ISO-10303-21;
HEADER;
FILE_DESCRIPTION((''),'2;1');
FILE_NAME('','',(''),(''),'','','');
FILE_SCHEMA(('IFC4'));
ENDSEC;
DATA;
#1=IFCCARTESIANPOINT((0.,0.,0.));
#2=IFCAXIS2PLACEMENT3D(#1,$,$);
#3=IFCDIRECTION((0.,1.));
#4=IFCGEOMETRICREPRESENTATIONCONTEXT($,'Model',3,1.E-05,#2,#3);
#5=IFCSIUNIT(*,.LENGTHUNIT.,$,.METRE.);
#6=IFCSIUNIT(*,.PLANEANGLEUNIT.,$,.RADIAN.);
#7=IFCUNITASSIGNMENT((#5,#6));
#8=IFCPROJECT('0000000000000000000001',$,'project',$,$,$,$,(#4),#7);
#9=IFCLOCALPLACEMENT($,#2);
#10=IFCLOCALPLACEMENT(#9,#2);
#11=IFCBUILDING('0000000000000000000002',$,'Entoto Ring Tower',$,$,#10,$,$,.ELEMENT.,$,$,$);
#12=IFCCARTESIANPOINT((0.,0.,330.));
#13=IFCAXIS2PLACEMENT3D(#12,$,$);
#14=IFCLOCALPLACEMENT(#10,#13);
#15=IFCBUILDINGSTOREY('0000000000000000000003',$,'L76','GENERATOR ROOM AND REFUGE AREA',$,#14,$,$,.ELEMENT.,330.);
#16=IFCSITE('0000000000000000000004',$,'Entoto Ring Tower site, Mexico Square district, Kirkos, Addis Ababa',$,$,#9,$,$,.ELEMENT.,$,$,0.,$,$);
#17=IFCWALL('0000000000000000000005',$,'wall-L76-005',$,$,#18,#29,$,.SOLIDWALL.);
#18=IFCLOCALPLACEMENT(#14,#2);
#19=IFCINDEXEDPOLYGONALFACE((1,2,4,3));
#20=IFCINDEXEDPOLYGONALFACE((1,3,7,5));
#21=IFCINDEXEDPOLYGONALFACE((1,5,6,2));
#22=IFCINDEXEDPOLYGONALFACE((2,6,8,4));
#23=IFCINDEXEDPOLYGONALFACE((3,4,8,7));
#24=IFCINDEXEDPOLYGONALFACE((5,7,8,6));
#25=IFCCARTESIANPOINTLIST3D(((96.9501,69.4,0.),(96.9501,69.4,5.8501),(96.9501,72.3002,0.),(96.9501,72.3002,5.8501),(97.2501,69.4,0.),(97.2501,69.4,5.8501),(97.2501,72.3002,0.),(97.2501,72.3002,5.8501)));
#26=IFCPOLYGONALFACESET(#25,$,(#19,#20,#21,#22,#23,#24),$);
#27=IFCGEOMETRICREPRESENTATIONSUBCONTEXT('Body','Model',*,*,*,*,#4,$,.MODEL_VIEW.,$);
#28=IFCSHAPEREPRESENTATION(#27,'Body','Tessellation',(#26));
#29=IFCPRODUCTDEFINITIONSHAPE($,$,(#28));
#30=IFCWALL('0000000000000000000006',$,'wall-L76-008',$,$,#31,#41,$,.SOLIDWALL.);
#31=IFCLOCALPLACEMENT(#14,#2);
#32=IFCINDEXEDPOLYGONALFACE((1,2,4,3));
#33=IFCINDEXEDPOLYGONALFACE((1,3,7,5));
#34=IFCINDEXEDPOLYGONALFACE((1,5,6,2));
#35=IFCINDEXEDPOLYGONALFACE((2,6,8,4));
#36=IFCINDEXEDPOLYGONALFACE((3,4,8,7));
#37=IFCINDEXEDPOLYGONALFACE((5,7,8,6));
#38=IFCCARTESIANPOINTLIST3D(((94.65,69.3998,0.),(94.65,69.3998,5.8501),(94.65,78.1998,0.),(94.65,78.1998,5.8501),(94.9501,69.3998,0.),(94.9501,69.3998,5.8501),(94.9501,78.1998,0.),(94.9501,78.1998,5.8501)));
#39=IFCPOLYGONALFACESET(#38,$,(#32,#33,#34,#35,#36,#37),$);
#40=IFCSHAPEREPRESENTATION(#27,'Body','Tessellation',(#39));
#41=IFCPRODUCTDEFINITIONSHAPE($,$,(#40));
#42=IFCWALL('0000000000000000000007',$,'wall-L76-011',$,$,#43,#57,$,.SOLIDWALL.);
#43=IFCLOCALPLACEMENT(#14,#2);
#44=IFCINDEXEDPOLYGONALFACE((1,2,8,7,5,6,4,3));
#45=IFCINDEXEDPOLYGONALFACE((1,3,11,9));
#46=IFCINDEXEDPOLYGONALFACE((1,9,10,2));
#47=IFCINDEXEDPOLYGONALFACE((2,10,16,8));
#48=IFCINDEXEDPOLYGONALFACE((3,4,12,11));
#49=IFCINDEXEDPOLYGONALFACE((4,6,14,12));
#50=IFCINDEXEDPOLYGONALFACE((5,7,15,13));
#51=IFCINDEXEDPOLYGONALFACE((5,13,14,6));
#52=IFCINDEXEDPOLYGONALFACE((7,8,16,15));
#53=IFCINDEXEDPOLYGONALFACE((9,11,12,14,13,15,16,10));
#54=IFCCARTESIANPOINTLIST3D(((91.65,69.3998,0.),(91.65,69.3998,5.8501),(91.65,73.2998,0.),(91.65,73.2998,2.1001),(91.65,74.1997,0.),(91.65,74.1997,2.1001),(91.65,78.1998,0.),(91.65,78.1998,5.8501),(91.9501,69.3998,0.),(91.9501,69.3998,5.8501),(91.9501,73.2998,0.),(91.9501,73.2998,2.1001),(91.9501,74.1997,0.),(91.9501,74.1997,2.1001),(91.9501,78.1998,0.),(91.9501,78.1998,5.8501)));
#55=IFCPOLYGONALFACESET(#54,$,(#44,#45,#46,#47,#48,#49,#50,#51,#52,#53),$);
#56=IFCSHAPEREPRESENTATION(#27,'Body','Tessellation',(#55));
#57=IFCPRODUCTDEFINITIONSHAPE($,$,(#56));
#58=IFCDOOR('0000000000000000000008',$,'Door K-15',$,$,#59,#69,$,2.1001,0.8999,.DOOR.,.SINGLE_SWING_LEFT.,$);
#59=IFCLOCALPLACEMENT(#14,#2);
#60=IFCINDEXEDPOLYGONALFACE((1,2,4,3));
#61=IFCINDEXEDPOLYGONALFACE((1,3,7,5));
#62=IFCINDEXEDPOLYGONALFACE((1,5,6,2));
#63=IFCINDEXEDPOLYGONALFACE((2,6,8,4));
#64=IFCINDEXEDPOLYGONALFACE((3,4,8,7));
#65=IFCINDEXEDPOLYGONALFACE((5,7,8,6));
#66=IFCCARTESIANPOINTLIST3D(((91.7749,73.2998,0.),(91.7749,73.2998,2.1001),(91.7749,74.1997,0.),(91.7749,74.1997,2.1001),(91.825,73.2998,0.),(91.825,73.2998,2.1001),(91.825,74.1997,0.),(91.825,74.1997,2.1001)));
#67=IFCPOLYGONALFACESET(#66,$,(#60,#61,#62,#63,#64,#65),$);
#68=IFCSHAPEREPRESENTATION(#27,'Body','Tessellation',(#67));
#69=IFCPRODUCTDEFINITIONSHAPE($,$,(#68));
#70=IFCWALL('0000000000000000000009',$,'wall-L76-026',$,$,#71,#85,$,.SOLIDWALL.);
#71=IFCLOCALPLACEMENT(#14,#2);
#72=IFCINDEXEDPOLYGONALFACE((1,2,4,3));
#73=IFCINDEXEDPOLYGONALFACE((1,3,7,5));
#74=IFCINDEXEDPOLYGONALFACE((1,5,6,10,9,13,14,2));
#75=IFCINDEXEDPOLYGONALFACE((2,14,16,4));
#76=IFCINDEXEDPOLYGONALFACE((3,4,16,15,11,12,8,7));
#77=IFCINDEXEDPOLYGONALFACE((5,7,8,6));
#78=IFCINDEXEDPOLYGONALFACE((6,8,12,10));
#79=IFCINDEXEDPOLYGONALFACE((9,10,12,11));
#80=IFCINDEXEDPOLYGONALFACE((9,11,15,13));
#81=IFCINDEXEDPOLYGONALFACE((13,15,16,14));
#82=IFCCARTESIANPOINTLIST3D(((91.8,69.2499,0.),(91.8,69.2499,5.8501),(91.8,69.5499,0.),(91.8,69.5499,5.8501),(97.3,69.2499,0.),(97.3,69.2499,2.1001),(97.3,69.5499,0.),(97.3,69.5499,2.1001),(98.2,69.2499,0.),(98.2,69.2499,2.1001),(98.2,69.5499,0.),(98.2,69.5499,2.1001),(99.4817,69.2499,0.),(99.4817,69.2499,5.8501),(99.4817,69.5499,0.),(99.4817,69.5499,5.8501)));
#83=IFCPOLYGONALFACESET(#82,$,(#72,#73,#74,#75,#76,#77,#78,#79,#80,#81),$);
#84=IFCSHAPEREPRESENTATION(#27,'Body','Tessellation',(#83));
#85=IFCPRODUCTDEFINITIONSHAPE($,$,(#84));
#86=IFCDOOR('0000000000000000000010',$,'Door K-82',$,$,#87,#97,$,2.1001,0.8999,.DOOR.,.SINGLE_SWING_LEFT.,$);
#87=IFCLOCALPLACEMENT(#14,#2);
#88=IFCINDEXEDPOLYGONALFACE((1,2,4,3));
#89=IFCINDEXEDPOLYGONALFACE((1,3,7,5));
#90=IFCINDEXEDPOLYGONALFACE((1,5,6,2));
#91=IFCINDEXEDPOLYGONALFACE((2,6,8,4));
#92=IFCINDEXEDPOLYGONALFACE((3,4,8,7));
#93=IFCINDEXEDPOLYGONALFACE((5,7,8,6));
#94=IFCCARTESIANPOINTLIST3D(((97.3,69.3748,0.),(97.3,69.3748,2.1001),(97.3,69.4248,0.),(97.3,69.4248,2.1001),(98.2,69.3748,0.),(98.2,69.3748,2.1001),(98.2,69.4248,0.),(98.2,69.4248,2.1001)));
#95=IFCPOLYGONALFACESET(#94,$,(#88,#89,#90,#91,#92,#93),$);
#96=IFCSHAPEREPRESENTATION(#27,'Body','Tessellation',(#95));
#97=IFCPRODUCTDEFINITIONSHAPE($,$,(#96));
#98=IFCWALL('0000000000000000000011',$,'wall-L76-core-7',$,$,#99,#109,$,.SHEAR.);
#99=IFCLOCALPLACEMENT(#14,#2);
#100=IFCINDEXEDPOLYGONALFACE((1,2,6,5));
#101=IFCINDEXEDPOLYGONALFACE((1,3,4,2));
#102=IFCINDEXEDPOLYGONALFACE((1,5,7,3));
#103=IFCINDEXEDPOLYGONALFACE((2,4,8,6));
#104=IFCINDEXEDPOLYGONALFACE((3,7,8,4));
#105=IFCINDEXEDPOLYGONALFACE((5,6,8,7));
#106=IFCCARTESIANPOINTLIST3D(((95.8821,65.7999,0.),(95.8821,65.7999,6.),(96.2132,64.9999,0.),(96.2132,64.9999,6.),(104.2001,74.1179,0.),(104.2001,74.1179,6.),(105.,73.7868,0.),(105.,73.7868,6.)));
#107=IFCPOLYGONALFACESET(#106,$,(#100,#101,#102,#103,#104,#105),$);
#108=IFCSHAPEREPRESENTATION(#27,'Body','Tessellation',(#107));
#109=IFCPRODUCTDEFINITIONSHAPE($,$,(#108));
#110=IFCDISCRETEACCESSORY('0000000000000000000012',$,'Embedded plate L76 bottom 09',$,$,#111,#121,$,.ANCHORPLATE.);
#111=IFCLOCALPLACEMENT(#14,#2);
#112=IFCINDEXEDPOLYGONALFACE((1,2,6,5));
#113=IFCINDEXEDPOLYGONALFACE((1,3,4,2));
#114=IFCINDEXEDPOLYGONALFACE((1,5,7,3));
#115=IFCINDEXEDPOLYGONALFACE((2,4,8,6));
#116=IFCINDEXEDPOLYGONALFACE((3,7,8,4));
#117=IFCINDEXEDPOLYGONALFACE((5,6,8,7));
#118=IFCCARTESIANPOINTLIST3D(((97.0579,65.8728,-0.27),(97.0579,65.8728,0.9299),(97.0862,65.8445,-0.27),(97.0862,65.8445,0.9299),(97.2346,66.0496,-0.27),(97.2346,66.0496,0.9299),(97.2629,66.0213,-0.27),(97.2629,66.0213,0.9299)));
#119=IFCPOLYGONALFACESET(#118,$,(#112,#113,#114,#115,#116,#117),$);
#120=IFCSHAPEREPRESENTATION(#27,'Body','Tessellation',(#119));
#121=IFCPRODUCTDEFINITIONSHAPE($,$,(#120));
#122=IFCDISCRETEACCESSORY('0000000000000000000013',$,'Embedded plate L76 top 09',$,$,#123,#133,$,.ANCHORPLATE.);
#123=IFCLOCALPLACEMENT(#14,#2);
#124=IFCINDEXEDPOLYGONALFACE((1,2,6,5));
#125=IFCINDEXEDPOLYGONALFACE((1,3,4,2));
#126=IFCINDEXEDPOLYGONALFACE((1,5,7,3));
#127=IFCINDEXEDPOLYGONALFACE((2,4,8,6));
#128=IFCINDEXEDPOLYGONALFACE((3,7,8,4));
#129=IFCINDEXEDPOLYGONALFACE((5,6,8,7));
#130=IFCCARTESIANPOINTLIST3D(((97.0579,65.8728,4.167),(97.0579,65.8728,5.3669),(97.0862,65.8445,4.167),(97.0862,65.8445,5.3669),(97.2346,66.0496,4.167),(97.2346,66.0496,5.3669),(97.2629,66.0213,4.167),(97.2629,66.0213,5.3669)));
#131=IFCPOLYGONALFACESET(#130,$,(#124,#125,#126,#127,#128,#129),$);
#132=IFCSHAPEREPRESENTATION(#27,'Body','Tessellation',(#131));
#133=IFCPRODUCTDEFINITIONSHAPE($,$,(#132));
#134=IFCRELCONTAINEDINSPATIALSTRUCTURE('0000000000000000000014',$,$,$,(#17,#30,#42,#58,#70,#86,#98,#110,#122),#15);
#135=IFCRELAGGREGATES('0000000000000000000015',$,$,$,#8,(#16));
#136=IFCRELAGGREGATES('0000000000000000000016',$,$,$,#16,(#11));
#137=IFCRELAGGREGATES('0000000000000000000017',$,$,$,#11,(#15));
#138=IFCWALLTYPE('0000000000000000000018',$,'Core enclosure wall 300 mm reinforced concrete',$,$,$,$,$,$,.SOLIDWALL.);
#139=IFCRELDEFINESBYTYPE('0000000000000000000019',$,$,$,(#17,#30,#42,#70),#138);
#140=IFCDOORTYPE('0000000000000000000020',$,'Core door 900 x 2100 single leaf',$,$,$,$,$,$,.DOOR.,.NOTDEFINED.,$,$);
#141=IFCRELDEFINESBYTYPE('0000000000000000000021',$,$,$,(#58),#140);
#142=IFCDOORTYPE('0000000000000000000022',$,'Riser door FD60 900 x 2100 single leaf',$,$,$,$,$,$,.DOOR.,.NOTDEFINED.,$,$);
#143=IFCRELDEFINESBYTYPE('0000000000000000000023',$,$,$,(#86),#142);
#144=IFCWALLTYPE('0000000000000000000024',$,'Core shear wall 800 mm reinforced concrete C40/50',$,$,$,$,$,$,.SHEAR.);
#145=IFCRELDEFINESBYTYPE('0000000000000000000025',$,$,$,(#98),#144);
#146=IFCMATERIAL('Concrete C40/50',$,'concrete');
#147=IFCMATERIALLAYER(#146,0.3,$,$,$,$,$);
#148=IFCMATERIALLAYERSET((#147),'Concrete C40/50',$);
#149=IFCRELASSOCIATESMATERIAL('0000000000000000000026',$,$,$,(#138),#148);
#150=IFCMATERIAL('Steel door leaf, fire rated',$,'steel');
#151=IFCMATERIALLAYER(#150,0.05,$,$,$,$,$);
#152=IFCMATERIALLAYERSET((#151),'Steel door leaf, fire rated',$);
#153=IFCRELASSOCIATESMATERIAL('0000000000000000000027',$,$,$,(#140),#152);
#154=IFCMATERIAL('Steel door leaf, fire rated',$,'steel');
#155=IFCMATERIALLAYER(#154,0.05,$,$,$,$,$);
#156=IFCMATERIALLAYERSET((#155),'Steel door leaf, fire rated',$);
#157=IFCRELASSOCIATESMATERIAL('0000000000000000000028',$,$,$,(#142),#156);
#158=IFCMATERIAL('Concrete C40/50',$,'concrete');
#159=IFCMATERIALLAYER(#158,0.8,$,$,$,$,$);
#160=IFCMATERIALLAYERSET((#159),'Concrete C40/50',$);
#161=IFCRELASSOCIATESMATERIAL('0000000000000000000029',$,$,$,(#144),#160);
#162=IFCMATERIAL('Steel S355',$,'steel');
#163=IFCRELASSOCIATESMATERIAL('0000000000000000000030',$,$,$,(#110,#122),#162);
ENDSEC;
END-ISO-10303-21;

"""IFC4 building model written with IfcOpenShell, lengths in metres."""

from ifc_helpers import new_model, si_unit, direction, frame, frame_2d, origin, origin_2d, place, context, subcontext, project, spatial, polyline, rectangle, outline, extrude, material, layer, layer_set, type_object, element, fill, save


model = new_model("IFC4")

# Units and contexts
model_context = context("Model", 3, precision=1e-05, world=origin(), true_north=direction((0.0, 1.0)))
body_context = subcontext(model_context, "Body", "Model", "MODEL_VIEW")
ifc_project = project(units=[si_unit("LENGTHUNIT", "METRE"), si_unit("PLANEANGLEUNIT", "RADIAN")], contexts=[model_context])

# Site, building, storey
site_placement = place(None, origin())
site = spatial("IfcSite", under=ifc_project, at=site_placement, Name="Entoto Ring Tower site, Mexico Square district, Kirkos, Addis Ababa", CompositionType="ELEMENT", RefElevation=0.0)
building_placement = place(site_placement, origin())
building = spatial("IfcBuilding", under=site, at=building_placement, Name="Entoto Ring Tower", CompositionType="ELEMENT")
storey_placement = place(building_placement, frame((0.0, 0.0, 330.0)))
storey = spatial("IfcBuildingStorey", under=building, at=storey_placement, Name="L76", Description="GENERATOR ROOM AND REFUGE AREA", CompositionType="ELEMENT", Elevation=330.0)

# Walls
ifc_material_1 = material(Name="Concrete C40/50", Category="concrete")
ifc_layer_1 = layer(ifc_material_1, 0.3)
ifc_layer_set_1 = layer_set([ifc_layer_1], Name="Concrete C40/50")
wall_type_1 = type_object("IfcWallType", Name="Core enclosure wall 300 mm reinforced concrete", PredefinedType="SOLIDWALL", material=ifc_layer_set_1)
wall_1_placement = place(storey_placement, frame((97.1001, 69.3999, 0.0), z_axis=(0.0, 0.0, 1.0), x_axis=(0.0, 1.0, 0.0)))
element("IfcWall", 1, at=wall_1_placement, inside=storey, type_object=wall_type_1, Name="wall-L76-005", PredefinedType="SOLIDWALL", context=body_context, shape_type="SweptSolid", body=[
    extrude(rectangle(XDim=2.9001, YDim=0.3, at=frame_2d((1.4502, 0.0))), origin(), (0.0, 0.0, 1.0), 5.8501),
])
wall_2_placement = place(storey_placement, frame((94.8, 69.3999, 0.0), z_axis=(0.0, 0.0, 1.0), x_axis=(0.0, 1.0, 0.0)))
element("IfcWall", 2, at=wall_2_placement, inside=storey, type_object=wall_type_1, Name="wall-L76-008", PredefinedType="SOLIDWALL", context=body_context, shape_type="SweptSolid", body=[
    extrude(rectangle(XDim=8.8, YDim=0.3, at=frame_2d((4.3999, 0.0))), origin(), (0.0, 0.0, 1.0), 5.8501),
])

# Walls, openings, doors
wall_3_placement = place(storey_placement, frame((91.8, 69.3999, 0.0), z_axis=(0.0, 0.0, 1.0), x_axis=(0.0, 1.0, 0.0)))
wall_3 = element("IfcWall", 3, at=wall_3_placement, inside=storey, type_object=wall_type_1, Name="wall-L76-011", PredefinedType="SOLIDWALL", context=body_context, shape_type="SweptSolid", body=[
    extrude(rectangle(XDim=8.8, YDim=0.3, at=frame_2d((4.3999, 0.0))), origin(), (0.0, 0.0, 1.0), 5.8501),
])
opening_1_placement = place(wall_3_placement, frame((3.8999, 0.0, 0.0)))
opening_1 = element("IfcOpeningElement", 4, at=opening_1_placement, cuts=wall_3, PredefinedType="OPENING", context=body_context, shape_type="SweptSolid", body=[
    extrude(rectangle(XDim=0.8999, YDim=2.1001, at=frame_2d((0.45, 1.05))), frame((0.0, 0.1602, 0.0), z_axis=(0.0, -1.0, 0.0), x_axis=(1.0, 0.0, 0.0)), (0.0, 0.0, 1.0), 0.3201),
])
ifc_material_2 = material(Name="Steel door leaf, fire rated", Category="steel")
ifc_layer_2 = layer(ifc_material_2, 0.05)
ifc_layer_set_2 = layer_set([ifc_layer_2], Name="Steel door leaf, fire rated")
door_type_1 = type_object("IfcDoorType", Name="Core door 900 x 2100 single leaf", OperationType="NOTDEFINED", PredefinedType="DOOR", material=ifc_layer_set_2)
door_1_placement = place(opening_1_placement, frame((0.8999, 0.0, 0.0), z_axis=(0.0, 0.0, 1.0), x_axis=(-1.0, 0.0, 0.0)))
door_1 = element("IfcDoor", 5, at=door_1_placement, inside=storey, type_object=door_type_1, Name="Door K-15", OperationType="SINGLE_SWING_LEFT", OverallHeight=2.1001, OverallWidth=0.8999, PredefinedType="DOOR", context=body_context, shape_type="SweptSolid", body=[
    extrude(rectangle(XDim=0.8999, YDim=2.1001, at=frame_2d((0.45, 1.05))), frame((0.0, 0.0249, 0.0), z_axis=(0.0, -1.0, 0.0), x_axis=(1.0, 0.0, 0.0)), (0.0, 0.0, 1.0), 0.05),
])
fill(opening_1, door_1)
wall_4_placement = place(storey_placement, frame((91.8, 69.3999, 0.0), z_axis=(0.0, 0.0, 1.0), x_axis=(1.0, 0.0, 0.0)))
wall_4 = element("IfcWall", 6, at=wall_4_placement, inside=storey, type_object=wall_type_1, Name="wall-L76-026", PredefinedType="SOLIDWALL", context=body_context, shape_type="SweptSolid", body=[
    extrude(rectangle(XDim=7.6816, YDim=0.3, at=frame_2d((3.8408, 0.0))), origin(), (0.0, 0.0, 1.0), 5.8501),
])
opening_2_placement = place(wall_4_placement, frame((5.5, 0.0, 0.0)))
opening_2 = element("IfcOpeningElement", 7, at=opening_2_placement, cuts=wall_4, PredefinedType="OPENING", context=body_context, shape_type="SweptSolid", body=[
    extrude(rectangle(XDim=0.8999, YDim=2.1001, at=frame_2d((0.45, 1.05))), frame((0.0, 0.1602, 0.0), z_axis=(0.0, -1.0, 0.0), x_axis=(1.0, 0.0, 0.0)), (0.0, 0.0, 1.0), 0.3201),
])
ifc_material_3 = material(Name="Steel door leaf, fire rated", Category="steel")
ifc_layer_3 = layer(ifc_material_3, 0.05)
ifc_layer_set_3 = layer_set([ifc_layer_3], Name="Steel door leaf, fire rated")
door_type_2 = type_object("IfcDoorType", Name="Riser door FD60 900 x 2100 single leaf", OperationType="NOTDEFINED", PredefinedType="DOOR", material=ifc_layer_set_3)
door_2_placement = place(opening_2_placement, origin())
door_2 = element("IfcDoor", 8, at=door_2_placement, inside=storey, type_object=door_type_2, Name="Door K-82", OperationType="SINGLE_SWING_LEFT", OverallHeight=2.1001, OverallWidth=0.8999, PredefinedType="DOOR", context=body_context, shape_type="SweptSolid", body=[
    extrude(rectangle(XDim=0.8999, YDim=2.1001, at=frame_2d((0.45, 1.05))), frame((0.0, 0.0249, 0.0), z_axis=(0.0, -1.0, 0.0), x_axis=(1.0, 0.0, 0.0)), (0.0, 0.0, 1.0), 0.05),
])
fill(opening_2, door_2)

# Wall
ifc_material_4 = material(Name="Concrete C40/50", Category="concrete")
ifc_layer_4 = layer(ifc_material_4, 0.8)
ifc_layer_set_4 = layer_set([ifc_layer_4], Name="Concrete C40/50")
wall_type_2 = type_object("IfcWallType", Name="Core shear wall 800 mm reinforced concrete C40/50", PredefinedType="SHEAR", material=ifc_layer_set_4)
wall_5_placement = place(storey_placement, frame((96.0476, 65.3999, 0.0), z_axis=(0.0, 0.0, 1.0), x_axis=(0.707107, 0.707107, 0.0)))
element("IfcWall", 9, at=wall_5_placement, inside=storey, type_object=wall_type_2, Name="wall-L76-core-7", PredefinedType="SHEAR", context=body_context, shape_type="SweptSolid", body=[
    extrude(outline(polyline([(-0.1658, -0.3999), (12.2607, -0.3999), (11.9292, 0.3999), (0.1658, 0.3999), (-0.1658, -0.3999)])), origin(), (0.0, 0.0, 1.0), 6.0),
])

# Discrete accessories
ifc_material_5 = material(Name="Steel S355", Category="steel")
for number, where, z_axis, x_axis, name in (
    (10, (97.1604, 65.947, -0.27), (0.0, 0.0, 1.0), (0.707107, -0.707107, 0.0), "Embedded plate L76 bottom 09"),
    (11, (97.1604, 65.947, 4.167), (0.0, 0.0, 1.0), (0.707107, -0.707107, 0.0), "Embedded plate L76 top 09"),
):
    element("IfcDiscreteAccessory", number, at=place(storey_placement, frame(where, z_axis=z_axis, x_axis=x_axis)), inside=storey, material=ifc_material_5, Name=name, PredefinedType="ANCHORPLATE", context=body_context, shape_type="SweptSolid", body=[
        extrude(rectangle(XDim=0.04, YDim=0.25, at=origin_2d()), origin(), (0.0, 0.0, 1.0), 1.2),
    ])

save(model, "model.ifc")
